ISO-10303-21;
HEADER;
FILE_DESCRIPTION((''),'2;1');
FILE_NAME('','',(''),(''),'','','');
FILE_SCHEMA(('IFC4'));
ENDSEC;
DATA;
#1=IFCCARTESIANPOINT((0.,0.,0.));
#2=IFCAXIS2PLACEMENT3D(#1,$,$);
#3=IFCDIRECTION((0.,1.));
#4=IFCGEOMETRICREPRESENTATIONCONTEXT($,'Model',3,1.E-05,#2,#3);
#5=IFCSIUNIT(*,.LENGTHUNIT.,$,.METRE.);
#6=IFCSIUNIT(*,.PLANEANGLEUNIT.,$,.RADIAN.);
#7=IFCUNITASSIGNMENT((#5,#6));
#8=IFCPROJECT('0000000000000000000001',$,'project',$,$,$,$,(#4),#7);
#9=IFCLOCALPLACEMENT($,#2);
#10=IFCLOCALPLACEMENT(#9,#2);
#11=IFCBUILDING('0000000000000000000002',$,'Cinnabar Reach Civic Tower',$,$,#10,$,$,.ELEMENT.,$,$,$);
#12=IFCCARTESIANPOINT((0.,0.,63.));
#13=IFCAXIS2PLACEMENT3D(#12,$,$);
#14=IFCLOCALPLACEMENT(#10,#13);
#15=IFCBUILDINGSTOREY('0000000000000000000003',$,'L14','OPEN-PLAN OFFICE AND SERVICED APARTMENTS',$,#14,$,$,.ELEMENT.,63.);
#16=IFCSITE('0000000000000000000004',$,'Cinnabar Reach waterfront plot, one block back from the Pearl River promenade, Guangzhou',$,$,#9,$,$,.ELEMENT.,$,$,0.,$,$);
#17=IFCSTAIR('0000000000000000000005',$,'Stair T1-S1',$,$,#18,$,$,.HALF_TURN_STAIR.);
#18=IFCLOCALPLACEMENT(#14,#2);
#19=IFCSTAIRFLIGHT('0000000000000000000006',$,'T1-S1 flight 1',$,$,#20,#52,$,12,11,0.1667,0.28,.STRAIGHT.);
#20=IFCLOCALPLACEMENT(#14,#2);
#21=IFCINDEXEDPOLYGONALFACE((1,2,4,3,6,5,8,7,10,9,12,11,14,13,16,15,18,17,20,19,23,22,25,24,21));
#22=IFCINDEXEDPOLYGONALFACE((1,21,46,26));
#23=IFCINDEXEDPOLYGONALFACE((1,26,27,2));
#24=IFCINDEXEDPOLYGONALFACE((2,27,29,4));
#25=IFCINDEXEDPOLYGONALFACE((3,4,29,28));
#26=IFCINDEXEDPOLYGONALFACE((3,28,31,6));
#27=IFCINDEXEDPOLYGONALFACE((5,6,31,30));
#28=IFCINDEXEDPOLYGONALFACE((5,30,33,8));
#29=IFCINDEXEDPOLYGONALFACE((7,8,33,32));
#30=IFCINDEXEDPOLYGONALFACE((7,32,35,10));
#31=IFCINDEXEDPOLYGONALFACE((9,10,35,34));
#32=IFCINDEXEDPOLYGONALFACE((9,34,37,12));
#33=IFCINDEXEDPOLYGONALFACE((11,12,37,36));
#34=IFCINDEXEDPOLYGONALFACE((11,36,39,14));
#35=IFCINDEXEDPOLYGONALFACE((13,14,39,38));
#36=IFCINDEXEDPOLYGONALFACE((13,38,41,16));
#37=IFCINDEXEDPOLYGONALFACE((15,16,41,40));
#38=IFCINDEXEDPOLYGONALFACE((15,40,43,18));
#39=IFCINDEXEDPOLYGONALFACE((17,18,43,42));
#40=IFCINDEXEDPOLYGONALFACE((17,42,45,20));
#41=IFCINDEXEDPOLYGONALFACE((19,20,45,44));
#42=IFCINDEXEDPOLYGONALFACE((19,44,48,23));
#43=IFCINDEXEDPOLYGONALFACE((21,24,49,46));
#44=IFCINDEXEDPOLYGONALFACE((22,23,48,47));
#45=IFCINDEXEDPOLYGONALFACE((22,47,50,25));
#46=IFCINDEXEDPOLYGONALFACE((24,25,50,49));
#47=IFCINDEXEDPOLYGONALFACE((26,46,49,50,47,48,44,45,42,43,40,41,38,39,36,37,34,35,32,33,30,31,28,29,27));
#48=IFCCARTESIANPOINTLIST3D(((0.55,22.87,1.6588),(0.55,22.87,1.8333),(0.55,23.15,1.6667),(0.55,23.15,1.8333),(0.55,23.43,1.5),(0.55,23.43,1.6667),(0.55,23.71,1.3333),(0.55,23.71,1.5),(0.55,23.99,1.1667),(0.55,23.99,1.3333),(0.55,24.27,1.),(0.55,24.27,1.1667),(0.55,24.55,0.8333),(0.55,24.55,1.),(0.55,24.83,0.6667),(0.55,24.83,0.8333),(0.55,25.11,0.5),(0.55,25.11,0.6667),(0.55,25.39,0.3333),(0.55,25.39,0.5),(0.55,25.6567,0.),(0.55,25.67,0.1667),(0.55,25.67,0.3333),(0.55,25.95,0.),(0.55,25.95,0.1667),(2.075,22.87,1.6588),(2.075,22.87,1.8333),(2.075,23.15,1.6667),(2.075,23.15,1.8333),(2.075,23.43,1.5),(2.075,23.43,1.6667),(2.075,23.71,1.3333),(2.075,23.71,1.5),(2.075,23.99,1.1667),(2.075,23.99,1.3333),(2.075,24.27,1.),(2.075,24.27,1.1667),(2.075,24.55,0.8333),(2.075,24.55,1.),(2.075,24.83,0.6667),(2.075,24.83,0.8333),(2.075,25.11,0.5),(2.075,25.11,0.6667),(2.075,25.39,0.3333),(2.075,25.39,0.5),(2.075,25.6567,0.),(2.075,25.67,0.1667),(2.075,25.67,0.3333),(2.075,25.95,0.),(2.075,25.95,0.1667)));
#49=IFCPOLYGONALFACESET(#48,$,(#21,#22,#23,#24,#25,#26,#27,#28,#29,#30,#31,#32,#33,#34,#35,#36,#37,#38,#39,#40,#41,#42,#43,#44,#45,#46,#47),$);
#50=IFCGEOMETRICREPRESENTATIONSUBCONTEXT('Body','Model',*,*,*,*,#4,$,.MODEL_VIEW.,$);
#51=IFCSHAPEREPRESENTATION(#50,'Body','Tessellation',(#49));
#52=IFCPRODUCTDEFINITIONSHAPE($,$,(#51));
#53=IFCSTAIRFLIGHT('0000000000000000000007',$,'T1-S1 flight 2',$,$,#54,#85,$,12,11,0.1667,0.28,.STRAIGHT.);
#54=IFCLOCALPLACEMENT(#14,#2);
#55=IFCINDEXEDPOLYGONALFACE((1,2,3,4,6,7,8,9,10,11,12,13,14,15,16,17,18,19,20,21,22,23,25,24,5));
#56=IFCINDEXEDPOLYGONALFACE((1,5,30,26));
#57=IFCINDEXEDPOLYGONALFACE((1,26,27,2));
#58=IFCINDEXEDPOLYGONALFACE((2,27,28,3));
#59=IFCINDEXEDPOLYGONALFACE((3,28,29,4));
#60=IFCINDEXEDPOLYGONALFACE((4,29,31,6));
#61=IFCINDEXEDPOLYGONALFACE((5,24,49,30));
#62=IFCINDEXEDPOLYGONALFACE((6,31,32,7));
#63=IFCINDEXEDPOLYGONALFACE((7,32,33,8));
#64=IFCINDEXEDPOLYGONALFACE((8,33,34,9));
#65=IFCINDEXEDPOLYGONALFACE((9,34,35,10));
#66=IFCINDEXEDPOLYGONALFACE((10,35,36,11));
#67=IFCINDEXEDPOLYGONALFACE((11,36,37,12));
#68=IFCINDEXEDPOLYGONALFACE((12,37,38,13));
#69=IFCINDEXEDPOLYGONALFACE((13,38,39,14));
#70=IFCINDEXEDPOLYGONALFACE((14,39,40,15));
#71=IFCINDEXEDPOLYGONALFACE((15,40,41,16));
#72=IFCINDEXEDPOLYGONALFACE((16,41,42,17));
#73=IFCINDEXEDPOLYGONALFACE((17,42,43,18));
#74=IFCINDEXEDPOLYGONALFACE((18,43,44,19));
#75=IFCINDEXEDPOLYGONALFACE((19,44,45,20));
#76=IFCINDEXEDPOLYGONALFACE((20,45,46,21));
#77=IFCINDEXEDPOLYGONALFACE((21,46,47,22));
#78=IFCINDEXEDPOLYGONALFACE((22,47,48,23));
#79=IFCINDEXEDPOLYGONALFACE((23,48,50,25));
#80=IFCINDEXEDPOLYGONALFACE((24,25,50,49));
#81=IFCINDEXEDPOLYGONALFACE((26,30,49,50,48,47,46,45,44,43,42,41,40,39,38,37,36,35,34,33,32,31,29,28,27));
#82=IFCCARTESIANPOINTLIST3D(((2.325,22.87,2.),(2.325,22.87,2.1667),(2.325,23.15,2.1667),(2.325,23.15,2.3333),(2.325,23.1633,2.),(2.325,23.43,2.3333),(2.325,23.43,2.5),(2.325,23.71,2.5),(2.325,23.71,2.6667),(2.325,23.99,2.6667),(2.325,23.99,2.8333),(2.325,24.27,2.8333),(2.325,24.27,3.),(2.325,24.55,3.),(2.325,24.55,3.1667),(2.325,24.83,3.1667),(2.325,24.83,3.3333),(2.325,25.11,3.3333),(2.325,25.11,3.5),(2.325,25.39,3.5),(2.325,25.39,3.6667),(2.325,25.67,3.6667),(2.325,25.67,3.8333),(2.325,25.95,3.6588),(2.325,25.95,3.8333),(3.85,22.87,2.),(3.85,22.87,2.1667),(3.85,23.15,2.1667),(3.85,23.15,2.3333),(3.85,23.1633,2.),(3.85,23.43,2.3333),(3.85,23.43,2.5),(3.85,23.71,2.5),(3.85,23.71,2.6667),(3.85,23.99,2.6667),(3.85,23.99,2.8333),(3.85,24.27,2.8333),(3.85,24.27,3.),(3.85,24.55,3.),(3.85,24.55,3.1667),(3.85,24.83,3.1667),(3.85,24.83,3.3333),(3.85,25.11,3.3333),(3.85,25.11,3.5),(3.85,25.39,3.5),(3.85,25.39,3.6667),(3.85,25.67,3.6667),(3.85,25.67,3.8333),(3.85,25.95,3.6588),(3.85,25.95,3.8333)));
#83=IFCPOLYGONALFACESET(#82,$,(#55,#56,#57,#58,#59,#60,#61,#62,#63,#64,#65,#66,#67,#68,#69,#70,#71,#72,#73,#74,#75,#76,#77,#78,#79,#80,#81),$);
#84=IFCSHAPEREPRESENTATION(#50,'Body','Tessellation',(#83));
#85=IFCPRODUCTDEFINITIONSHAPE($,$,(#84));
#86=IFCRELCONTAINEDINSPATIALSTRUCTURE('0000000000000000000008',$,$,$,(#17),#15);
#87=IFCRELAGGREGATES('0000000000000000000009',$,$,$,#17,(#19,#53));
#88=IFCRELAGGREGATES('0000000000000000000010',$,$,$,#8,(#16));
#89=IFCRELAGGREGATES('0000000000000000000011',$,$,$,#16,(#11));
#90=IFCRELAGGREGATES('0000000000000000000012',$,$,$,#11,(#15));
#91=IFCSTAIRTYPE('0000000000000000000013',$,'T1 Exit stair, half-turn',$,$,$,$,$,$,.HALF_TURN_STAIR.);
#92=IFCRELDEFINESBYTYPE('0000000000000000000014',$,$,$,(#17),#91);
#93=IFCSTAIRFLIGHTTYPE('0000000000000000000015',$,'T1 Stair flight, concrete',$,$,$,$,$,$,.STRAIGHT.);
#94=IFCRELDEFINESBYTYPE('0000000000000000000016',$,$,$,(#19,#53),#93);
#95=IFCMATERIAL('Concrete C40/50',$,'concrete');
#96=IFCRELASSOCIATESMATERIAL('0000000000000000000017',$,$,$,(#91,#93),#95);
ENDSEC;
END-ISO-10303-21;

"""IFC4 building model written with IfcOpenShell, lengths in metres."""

from ifc_helpers import new_model, si_unit, direction, frame, origin, place, context, subcontext, project, spatial, polyline, outline, extrude, material, type_object, element, aggregate, save


model = new_model("IFC4")

# Units and contexts
model_context = context("Model", 3, precision=1e-05, world=origin(), true_north=direction((0.0, 1.0)))
body_context = subcontext(model_context, "Body", "Model", "MODEL_VIEW")
ifc_project = project(units=[si_unit("LENGTHUNIT", "METRE"), si_unit("PLANEANGLEUNIT", "RADIAN")], contexts=[model_context])

# Site, building, storey
site_placement = place(None, origin())
site = spatial("IfcSite", under=ifc_project, at=site_placement, Name="Cinnabar Reach waterfront plot, one block back from the Pearl River promenade, Guangzhou", CompositionType="ELEMENT", RefElevation=0.0)
building_placement = place(site_placement, origin())
building = spatial("IfcBuilding", under=site, at=building_placement, Name="Cinnabar Reach Civic Tower", CompositionType="ELEMENT")
storey_placement = place(building_placement, frame((0.0, 0.0, 63.0)))
storey = spatial("IfcBuildingStorey", under=building, at=storey_placement, Name="L14", Description="OPEN-PLAN OFFICE AND SERVICED APARTMENTS", CompositionType="ELEMENT", Elevation=63.0)

# Stair, stair flights
ifc_material_1 = material(Name="Concrete C40/50", Category="concrete")
stair_type = type_object("IfcStairType", Name="T1 Exit stair, half-turn", PredefinedType="HALF_TURN_STAIR", material=ifc_material_1)
stair_placement = place(storey_placement, origin())
stair = element("IfcStair", 1, at=stair_placement, inside=storey, type_object=stair_type, Name="Stair T1-S1", PredefinedType="HALF_TURN_STAIR")
stair_flight_type = type_object("IfcStairFlightType", Name="T1 Stair flight, concrete", PredefinedType="STRAIGHT", material=ifc_material_1)
stair_flight_1_placement = place(storey_placement, frame((1.3125, 25.95, 0.0), z_axis=(0.0, 0.0, 1.0), x_axis=(0.0, -1.0, 0.0)))
stair_flight_1 = element("IfcStairFlight", 2, at=stair_flight_1_placement, type_object=stair_flight_type, Name="T1-S1 flight 1", NumberOfRisers=12, NumberOfTreads=11, PredefinedType="STRAIGHT", RiserHeight=0.1667, TreadLength=0.28, context=body_context, shape_type="SweptSolid", body=[
    extrude(outline(polyline([(0.0, 0.0), (0.0, 0.1667), (0.28, 0.1667), (0.28, 0.3333), (0.56, 0.3333), (0.56, 0.5), (0.84, 0.5), (0.84, 0.6667), (1.12, 0.6667), (1.12, 0.8333), (1.4, 0.8333), (1.4, 1.0), (1.68, 1.0), (1.68, 1.1667), (1.96, 1.1667), (1.96, 1.3333), (2.24, 1.3333), (2.24, 1.5), (2.52, 1.5), (2.52, 1.6667), (2.8, 1.6667), (2.8, 1.8333), (3.08, 1.8333), (3.08, 2.0), (3.08, 1.6588), (0.2933, 0.0), (0.0, 0.0)])), frame((0.0, 0.7625, 0.0), z_axis=(0.0, -1.0, 0.0), x_axis=(1.0, 0.0, 0.0)), (0.0, 0.0, 1.0), 1.525),
])
stair_flight_2_placement = place(storey_placement, frame((3.0875, 22.87, 2.0), z_axis=(0.0, 0.0, 1.0), x_axis=(0.0, 1.0, 0.0)))
stair_flight_2 = element("IfcStairFlight", 3, at=stair_flight_2_placement, type_object=stair_flight_type, Name="T1-S1 flight 2", NumberOfRisers=12, NumberOfTreads=11, PredefinedType="STRAIGHT", RiserHeight=0.1667, TreadLength=0.28, context=body_context, shape_type="SweptSolid", body=[
    extrude(outline(polyline([(0.0, 0.0), (0.0, 0.1667), (0.28, 0.1667), (0.28, 0.3333), (0.56, 0.3333), (0.56, 0.5), (0.84, 0.5), (0.84, 0.6667), (1.12, 0.6667), (1.12, 0.8333), (1.4, 0.8333), (1.4, 1.0), (1.68, 1.0), (1.68, 1.1667), (1.96, 1.1667), (1.96, 1.3333), (2.24, 1.3333), (2.24, 1.5), (2.52, 1.5), (2.52, 1.6667), (2.8, 1.6667), (2.8, 1.8333), (3.08, 1.8333), (3.08, 2.0), (3.08, 1.6588), (0.2933, 0.0), (0.0, 0.0)])), frame((0.0, 0.7625, 0.0), z_axis=(0.0, -1.0, 0.0), x_axis=(1.0, 0.0, 0.0)), (0.0, 0.0, 1.0), 1.525),
])
aggregate(stair, [stair_flight_1, stair_flight_2])

save(model, "model.ifc")
